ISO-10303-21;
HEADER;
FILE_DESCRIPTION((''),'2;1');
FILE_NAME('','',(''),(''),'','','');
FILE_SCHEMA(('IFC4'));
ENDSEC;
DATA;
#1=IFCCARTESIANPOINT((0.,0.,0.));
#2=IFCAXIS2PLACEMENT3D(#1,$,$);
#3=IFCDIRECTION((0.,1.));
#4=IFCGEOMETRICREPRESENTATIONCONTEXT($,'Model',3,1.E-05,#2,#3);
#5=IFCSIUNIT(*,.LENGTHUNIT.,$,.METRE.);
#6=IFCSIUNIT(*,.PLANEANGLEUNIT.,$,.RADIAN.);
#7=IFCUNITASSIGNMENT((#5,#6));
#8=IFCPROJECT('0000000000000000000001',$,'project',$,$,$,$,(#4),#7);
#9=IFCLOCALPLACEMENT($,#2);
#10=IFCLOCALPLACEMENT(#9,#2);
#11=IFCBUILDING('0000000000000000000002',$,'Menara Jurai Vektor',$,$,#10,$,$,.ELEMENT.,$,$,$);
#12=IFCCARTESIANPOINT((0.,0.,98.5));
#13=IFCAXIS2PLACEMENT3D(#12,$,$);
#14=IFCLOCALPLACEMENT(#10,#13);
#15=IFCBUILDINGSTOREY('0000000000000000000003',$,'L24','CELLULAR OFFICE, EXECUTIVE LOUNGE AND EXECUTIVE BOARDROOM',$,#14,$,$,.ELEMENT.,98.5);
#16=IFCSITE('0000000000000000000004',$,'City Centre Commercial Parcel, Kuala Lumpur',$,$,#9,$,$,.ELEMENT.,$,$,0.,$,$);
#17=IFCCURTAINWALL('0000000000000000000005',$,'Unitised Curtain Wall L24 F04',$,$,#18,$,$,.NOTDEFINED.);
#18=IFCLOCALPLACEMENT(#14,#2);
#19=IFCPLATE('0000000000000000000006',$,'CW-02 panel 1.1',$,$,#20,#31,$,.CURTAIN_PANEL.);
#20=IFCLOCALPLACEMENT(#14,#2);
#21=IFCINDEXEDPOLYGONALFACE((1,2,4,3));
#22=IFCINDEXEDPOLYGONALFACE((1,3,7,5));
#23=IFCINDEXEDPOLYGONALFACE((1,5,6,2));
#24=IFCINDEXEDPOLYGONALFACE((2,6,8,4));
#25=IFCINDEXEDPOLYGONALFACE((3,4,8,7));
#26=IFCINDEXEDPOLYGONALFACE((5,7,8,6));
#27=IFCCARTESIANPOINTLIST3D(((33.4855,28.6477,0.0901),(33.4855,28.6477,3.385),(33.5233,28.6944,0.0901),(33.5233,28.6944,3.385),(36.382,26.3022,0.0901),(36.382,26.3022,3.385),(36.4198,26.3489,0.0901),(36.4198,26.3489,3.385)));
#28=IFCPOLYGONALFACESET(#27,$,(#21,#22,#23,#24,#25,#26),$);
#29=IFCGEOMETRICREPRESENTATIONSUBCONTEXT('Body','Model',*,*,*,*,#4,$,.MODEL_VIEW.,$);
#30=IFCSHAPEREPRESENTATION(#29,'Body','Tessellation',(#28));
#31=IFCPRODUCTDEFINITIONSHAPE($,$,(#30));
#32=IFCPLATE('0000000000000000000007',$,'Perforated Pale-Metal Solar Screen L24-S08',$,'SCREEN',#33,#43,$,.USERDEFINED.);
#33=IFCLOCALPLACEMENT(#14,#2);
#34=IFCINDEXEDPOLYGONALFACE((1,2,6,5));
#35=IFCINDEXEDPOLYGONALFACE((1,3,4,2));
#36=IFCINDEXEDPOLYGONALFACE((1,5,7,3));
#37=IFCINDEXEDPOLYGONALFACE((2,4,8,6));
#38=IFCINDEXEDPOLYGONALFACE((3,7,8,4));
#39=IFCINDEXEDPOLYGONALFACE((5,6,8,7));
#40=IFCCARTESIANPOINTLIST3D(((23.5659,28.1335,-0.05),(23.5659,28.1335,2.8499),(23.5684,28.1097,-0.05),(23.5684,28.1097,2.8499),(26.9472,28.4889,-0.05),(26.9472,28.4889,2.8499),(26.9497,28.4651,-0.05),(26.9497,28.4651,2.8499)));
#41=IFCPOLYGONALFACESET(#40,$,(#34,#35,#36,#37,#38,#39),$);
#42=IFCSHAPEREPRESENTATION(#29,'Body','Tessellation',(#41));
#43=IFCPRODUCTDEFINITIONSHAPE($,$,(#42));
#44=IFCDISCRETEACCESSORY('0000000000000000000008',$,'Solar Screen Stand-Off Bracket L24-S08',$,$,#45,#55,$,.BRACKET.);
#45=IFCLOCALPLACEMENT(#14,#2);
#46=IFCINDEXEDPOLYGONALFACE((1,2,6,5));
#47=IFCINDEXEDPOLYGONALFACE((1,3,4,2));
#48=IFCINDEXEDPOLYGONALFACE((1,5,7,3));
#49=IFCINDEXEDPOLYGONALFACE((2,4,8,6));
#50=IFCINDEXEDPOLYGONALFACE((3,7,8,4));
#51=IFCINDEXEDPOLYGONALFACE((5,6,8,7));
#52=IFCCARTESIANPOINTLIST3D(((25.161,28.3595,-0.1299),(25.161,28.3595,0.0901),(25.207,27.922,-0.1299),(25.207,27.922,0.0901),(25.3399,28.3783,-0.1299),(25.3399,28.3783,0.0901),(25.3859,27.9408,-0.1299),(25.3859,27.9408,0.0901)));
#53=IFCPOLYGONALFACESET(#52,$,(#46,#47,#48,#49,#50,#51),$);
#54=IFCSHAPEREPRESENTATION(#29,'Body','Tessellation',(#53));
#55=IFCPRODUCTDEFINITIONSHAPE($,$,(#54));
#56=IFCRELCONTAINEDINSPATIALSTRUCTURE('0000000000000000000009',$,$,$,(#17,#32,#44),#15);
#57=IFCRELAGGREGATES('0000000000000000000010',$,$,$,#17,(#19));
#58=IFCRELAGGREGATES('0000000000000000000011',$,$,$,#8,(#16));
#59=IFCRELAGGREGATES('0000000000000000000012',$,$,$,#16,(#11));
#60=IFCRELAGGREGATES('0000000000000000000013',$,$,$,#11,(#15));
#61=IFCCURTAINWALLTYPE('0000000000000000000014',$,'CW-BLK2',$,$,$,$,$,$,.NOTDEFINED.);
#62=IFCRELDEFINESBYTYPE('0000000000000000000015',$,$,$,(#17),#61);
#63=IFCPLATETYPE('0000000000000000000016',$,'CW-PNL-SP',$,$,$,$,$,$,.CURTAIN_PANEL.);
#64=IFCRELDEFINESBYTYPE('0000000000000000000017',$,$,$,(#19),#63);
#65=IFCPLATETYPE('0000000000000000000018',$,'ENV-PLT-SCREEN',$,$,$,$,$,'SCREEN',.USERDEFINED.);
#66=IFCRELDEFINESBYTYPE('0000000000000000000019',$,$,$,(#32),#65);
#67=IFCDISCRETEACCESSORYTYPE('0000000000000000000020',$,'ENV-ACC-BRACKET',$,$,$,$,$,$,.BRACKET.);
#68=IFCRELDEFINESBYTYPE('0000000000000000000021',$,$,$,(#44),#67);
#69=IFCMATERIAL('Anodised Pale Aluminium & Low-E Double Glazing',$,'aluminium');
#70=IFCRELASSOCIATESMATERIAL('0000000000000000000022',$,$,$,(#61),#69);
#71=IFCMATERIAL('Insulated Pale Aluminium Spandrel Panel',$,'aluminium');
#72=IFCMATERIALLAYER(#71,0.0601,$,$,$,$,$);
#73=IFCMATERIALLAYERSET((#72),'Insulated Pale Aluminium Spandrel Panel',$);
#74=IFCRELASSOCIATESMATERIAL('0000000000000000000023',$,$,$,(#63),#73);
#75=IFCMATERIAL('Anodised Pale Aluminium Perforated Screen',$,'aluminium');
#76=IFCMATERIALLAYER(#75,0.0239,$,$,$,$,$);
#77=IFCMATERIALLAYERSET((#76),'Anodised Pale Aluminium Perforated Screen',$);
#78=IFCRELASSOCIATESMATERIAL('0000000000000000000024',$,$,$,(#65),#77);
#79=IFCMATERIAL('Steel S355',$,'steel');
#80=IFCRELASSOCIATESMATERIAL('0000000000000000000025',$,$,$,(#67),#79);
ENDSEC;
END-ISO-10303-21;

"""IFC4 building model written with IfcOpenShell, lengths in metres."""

from ifc_helpers import new_model, si_unit, direction, frame, origin, origin_2d, place, context, subcontext, project, spatial, rectangle, extrude, material, layer, layer_set, type_object, element, aggregate, save


model = new_model("IFC4")

# Units and contexts
model_context = context("Model", 3, precision=1e-05, world=origin(), true_north=direction((0.0, 1.0)))
body_context = subcontext(model_context, "Body", "Model", "MODEL_VIEW")
ifc_project = project(units=[si_unit("LENGTHUNIT", "METRE"), si_unit("PLANEANGLEUNIT", "RADIAN")], contexts=[model_context])

# Site, building, storey
site_placement = place(None, origin())
site = spatial("IfcSite", under=ifc_project, at=site_placement, Name="City Centre Commercial Parcel, Kuala Lumpur", CompositionType="ELEMENT", RefElevation=0.0)
building_placement = place(site_placement, origin())
building = spatial("IfcBuilding", under=site, at=building_placement, Name="Menara Jurai Vektor", CompositionType="ELEMENT")
storey_placement = place(building_placement, frame((0.0, 0.0, 98.5)))
storey = spatial("IfcBuildingStorey", under=building, at=storey_placement, Name="L24", Description="CELLULAR OFFICE, EXECUTIVE LOUNGE AND EXECUTIVE BOARDROOM", CompositionType="ELEMENT", Elevation=98.5)

# Shared definitions
ifc_material_1 = material(Name="Anodised Pale Aluminium & Low-E Double Glazing", Category="aluminium")
curtain_wall_type = type_object("IfcCurtainWallType", Name="CW-BLK2", PredefinedType="NOTDEFINED", material=ifc_material_1)

# Curtain wall
curtain_wall_1_placement = place(storey_placement, origin())
curtain_wall_1 = element("IfcCurtainWall", 1, at=curtain_wall_1_placement, inside=storey, type_object=curtain_wall_type, Name="Unitised Curtain Wall L24 F04", PredefinedType="NOTDEFINED")

# Shared definitions
ifc_material_2 = material(Name="Steel S355", Category="steel")

# Plates
ifc_material_3 = material(Name="Insulated Pale Aluminium Spandrel Panel", Category="aluminium")
ifc_layer_1 = layer(ifc_material_3, 0.0601)
ifc_layer_set_1 = layer_set([ifc_layer_1], Name="Insulated Pale Aluminium Spandrel Panel")
plate_type_1 = type_object("IfcPlateType", Name="CW-PNL-SP", PredefinedType="CURTAIN_PANEL", material=ifc_layer_set_1)
plate_1_placement = place(storey_placement, frame((34.9526, 27.4983, 0.0901), z_axis=(0.0, 0.0, 1.0), x_axis=(-0.777152, 0.629313, 0.0)))
plate_1 = element("IfcPlate", 2, at=plate_1_placement, type_object=plate_type_1, Name="CW-02 panel 1.1", PredefinedType="CURTAIN_PANEL", context=body_context, shape_type="SweptSolid", body=[
    extrude(rectangle(XDim=3.7271, YDim=0.0601, at=origin_2d()), origin(), (0.0, 0.0, 1.0), 3.2949),
])
aggregate(curtain_wall_1, [plate_1])
ifc_material_4 = material(Name="Anodised Pale Aluminium Perforated Screen", Category="aluminium")
ifc_layer_2 = layer(ifc_material_4, 0.0239)
ifc_layer_set_2 = layer_set([ifc_layer_2], Name="Anodised Pale Aluminium Perforated Screen")
plate_type_2 = type_object("IfcPlateType", Name="ENV-PLT-SCREEN", ElementType="SCREEN", PredefinedType="USERDEFINED", material=ifc_layer_set_2)
plate_2_placement = place(storey_placement, frame((25.2578, 28.2993, -0.05), z_axis=(0.0, 0.0, 1.0), x_axis=(-0.994522, -0.104528, 0.0)))
element("IfcPlate", 3, at=plate_2_placement, inside=storey, type_object=plate_type_2, Name="Perforated Pale-Metal Solar Screen L24-S08", ObjectType="SCREEN", PredefinedType="USERDEFINED", context=body_context, shape_type="SweptSolid", body=[
    extrude(rectangle(XDim=3.3999, YDim=0.0239, at=origin_2d()), origin(), (0.0, 0.0, 1.0), 2.8999),
])

# Discrete accessory
discrete_accessory_type = type_object("IfcDiscreteAccessoryType", Name="ENV-ACC-BRACKET", PredefinedType="BRACKET", material=ifc_material_2)
discrete_accessory_placement = place(storey_placement, frame((25.2734, 28.1501, -0.1299), z_axis=(0.0, 0.0, 1.0), x_axis=(-0.994522, -0.104528, 0.0)))
element("IfcDiscreteAccessory", 4, at=discrete_accessory_placement, inside=storey, type_object=discrete_accessory_type, Name="Solar Screen Stand-Off Bracket L24-S08", PredefinedType="BRACKET", context=body_context, shape_type="SweptSolid", body=[
    extrude(rectangle(XDim=0.1799, YDim=0.4399, at=origin_2d()), origin(), (0.0, 0.0, 1.0), 0.22),
])

save(model, "model.ifc")
